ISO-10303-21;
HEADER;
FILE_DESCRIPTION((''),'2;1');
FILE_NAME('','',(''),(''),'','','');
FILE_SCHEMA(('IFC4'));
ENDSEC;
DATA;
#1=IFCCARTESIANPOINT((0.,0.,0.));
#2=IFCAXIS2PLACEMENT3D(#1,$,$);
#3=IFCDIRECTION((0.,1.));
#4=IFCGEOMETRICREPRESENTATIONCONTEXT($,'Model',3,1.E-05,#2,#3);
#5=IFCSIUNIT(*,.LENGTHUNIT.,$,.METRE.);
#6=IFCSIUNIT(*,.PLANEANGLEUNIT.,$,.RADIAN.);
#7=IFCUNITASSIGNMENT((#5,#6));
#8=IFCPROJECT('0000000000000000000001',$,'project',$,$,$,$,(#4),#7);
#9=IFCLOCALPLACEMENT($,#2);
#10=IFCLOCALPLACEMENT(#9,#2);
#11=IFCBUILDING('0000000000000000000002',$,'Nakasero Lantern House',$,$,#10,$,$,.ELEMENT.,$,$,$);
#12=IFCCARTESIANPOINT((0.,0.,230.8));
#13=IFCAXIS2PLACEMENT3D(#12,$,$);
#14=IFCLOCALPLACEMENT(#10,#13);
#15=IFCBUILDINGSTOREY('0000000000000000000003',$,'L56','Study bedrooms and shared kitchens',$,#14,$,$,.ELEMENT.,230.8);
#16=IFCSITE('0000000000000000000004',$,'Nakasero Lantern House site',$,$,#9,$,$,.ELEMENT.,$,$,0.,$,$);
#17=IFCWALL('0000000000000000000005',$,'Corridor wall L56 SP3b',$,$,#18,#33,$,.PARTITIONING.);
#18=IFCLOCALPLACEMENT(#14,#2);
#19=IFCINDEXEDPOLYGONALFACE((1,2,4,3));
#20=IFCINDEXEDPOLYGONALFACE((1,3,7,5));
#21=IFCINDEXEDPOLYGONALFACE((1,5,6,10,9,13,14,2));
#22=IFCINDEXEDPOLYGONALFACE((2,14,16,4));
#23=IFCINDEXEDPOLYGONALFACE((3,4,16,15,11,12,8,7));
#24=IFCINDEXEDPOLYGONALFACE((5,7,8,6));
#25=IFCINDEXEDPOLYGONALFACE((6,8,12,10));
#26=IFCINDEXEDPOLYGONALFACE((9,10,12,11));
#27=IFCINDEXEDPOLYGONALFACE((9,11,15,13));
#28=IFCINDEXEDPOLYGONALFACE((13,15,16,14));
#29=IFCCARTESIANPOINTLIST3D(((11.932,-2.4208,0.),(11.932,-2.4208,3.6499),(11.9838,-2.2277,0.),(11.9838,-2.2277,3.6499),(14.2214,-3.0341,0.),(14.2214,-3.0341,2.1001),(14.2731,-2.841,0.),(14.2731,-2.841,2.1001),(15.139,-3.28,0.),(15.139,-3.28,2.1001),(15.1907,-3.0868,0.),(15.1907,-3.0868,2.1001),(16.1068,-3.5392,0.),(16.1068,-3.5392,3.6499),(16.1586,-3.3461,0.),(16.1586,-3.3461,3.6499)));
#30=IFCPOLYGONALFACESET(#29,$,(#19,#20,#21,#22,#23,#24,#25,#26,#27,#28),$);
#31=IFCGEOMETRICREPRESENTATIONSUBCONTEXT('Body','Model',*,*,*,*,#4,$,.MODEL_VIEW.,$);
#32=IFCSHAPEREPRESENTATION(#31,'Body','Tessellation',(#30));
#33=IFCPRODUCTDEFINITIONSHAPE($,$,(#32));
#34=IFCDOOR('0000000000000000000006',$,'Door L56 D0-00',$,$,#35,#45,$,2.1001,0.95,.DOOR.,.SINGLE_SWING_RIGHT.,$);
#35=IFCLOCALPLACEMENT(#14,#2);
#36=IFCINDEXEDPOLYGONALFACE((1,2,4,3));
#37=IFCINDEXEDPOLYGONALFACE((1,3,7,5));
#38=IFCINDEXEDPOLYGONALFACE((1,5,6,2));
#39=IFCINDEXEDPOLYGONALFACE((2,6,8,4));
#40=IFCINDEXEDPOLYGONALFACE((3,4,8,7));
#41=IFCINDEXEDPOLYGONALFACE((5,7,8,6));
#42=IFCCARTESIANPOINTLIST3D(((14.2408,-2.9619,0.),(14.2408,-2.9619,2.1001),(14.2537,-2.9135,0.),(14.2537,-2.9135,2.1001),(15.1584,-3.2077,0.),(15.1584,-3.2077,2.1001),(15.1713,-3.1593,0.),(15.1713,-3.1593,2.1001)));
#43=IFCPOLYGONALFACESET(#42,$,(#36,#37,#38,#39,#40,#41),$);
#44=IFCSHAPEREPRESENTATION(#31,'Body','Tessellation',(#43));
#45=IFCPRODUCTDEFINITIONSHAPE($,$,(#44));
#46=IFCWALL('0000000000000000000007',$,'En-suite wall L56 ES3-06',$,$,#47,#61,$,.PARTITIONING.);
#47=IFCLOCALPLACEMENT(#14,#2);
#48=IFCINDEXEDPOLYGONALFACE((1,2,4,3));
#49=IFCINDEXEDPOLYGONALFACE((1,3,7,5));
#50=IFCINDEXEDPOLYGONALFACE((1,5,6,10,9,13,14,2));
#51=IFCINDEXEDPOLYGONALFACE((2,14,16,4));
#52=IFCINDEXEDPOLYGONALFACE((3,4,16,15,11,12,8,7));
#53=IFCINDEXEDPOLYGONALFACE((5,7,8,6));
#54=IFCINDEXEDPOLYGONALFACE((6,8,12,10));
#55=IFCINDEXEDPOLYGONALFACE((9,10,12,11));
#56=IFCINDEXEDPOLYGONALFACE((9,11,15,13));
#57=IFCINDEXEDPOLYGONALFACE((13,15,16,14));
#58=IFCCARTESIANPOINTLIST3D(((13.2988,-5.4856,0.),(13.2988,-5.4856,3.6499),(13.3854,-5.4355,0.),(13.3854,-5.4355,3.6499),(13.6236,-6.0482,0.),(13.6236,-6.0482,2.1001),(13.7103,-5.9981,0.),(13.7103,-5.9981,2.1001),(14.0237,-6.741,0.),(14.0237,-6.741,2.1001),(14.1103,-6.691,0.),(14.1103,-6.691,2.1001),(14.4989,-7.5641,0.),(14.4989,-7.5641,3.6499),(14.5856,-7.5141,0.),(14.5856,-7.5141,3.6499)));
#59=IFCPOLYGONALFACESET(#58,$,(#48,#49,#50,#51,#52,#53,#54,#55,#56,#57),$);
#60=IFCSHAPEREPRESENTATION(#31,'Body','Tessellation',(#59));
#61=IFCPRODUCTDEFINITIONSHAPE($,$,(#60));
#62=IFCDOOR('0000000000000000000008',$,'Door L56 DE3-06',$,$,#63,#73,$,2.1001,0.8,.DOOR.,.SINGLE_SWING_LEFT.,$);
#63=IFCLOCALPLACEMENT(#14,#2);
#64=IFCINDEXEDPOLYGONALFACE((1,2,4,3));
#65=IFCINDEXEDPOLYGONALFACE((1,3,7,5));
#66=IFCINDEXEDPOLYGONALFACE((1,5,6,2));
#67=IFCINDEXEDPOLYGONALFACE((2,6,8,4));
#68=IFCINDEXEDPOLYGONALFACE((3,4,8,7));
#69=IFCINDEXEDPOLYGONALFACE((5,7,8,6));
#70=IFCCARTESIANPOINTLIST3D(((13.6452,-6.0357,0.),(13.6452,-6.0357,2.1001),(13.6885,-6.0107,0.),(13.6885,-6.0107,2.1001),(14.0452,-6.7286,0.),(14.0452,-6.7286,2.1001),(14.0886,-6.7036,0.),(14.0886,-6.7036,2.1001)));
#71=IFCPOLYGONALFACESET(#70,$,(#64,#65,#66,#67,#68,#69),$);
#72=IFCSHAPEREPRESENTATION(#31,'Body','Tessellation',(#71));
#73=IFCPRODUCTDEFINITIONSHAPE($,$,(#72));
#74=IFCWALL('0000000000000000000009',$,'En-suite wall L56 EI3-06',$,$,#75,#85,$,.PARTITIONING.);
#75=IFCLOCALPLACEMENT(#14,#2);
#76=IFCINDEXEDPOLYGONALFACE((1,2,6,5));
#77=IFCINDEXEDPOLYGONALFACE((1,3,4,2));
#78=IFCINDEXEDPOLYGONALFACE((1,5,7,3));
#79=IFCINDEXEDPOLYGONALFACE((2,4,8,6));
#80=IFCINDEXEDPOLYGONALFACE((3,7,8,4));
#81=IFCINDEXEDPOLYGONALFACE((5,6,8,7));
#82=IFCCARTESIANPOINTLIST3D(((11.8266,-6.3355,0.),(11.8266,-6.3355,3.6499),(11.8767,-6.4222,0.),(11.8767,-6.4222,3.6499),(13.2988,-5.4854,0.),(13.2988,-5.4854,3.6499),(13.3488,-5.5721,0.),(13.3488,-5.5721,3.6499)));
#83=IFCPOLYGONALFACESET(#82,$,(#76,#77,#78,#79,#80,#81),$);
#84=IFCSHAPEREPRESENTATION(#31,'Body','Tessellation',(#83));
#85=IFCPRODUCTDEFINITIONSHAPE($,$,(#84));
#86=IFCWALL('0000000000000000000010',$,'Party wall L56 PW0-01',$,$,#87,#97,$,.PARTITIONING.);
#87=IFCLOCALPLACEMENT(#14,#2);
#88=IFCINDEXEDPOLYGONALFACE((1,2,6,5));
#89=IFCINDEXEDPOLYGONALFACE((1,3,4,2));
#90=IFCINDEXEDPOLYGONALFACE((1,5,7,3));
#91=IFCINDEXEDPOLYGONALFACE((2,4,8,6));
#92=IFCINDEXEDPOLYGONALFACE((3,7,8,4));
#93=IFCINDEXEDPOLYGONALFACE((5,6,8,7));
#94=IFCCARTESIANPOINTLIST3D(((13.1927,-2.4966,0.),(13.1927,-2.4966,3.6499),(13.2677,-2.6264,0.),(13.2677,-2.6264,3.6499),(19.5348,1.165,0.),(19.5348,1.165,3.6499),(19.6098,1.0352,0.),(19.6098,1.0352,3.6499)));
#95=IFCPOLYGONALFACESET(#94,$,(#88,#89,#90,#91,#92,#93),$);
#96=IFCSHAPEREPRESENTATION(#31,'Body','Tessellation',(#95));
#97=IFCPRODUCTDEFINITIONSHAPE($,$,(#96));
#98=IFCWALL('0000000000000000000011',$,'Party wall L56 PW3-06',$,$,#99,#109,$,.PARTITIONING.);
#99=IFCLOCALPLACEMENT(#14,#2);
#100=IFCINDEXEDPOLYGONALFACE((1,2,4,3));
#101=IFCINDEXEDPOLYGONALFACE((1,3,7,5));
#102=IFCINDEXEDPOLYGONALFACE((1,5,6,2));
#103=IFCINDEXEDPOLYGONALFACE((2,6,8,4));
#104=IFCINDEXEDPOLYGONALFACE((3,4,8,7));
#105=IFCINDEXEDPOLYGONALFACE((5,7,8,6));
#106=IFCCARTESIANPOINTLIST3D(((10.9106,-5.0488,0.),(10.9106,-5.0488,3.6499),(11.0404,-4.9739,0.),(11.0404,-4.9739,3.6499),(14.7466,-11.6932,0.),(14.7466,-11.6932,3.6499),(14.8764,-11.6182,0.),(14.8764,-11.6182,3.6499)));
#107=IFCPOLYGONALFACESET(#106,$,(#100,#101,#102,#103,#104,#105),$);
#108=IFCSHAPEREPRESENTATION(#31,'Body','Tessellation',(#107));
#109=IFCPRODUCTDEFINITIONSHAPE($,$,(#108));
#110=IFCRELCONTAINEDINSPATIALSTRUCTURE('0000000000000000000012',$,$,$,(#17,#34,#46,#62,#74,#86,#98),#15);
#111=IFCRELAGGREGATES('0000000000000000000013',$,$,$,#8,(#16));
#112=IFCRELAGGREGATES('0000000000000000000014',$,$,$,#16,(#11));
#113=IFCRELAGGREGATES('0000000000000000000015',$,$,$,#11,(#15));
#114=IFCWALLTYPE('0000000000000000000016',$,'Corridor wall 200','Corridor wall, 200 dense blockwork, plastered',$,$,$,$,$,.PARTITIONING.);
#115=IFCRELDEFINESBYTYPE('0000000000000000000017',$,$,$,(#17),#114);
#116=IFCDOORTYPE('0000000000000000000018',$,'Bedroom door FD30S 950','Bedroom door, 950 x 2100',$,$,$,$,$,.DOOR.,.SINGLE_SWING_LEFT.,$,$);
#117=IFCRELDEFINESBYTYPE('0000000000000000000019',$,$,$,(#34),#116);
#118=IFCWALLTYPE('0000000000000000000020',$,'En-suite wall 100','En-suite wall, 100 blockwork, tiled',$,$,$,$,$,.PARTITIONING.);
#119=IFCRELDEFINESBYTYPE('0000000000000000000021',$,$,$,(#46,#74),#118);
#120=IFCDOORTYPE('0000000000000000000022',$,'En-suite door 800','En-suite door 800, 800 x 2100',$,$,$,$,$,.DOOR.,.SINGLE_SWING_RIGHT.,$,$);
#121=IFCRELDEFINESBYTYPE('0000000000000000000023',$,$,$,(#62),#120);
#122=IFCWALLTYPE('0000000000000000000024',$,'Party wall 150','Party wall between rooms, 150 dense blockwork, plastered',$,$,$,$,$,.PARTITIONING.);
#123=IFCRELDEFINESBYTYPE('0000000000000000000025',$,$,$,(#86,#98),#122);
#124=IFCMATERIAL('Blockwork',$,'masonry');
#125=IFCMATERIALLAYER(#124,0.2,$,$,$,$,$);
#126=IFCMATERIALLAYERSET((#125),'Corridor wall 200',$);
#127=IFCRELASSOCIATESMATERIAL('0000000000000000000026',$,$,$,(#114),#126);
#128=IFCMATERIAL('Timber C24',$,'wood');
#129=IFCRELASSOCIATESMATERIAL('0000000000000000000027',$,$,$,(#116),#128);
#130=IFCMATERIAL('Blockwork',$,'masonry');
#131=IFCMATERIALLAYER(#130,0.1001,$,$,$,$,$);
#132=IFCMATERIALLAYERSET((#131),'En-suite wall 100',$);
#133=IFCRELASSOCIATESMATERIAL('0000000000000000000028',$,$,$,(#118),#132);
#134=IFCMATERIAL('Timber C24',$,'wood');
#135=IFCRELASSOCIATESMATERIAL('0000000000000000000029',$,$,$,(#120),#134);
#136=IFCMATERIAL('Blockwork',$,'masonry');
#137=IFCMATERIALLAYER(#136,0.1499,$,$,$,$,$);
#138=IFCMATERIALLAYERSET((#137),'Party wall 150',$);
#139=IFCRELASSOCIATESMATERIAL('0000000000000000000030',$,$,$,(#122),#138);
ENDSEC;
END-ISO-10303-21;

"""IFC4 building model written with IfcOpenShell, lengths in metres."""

from ifc_helpers import new_model, si_unit, direction, frame, frame_2d, origin, place, context, subcontext, project, spatial, rectangle, extrude, material, layer, layer_set, type_object, element, fill, save


model = new_model("IFC4")

# Units and contexts
model_context = context("Model", 3, precision=1e-05, world=origin(), true_north=direction((0.0, 1.0)))
body_context = subcontext(model_context, "Body", "Model", "MODEL_VIEW")
ifc_project = project(units=[si_unit("LENGTHUNIT", "METRE"), si_unit("PLANEANGLEUNIT", "RADIAN")], contexts=[model_context])

# Site, building, storey
site_placement = place(None, origin())
site = spatial("IfcSite", under=ifc_project, at=site_placement, Name="Nakasero Lantern House site", CompositionType="ELEMENT", RefElevation=0.0)
building_placement = place(site_placement, origin())
building = spatial("IfcBuilding", under=site, at=building_placement, Name="Nakasero Lantern House", CompositionType="ELEMENT")
storey_placement = place(building_placement, frame((0.0, 0.0, 230.8)))
storey = spatial("IfcBuildingStorey", under=building, at=storey_placement, Name="L56", Description="Study bedrooms and shared kitchens", CompositionType="ELEMENT", Elevation=230.8)

# Shared definitions
ifc_material_1 = material(Name="Blockwork", Category="masonry")
ifc_layer_1 = layer(ifc_material_1, 0.2)
ifc_layer_set_1 = layer_set([ifc_layer_1], Name="Corridor wall 200")
wall_type_1 = type_object("IfcWallType", Name="Corridor wall 200", Description="Corridor wall, 200 dense blockwork, plastered", PredefinedType="PARTITIONING", material=ifc_layer_set_1)

# Walls, openings, doors
ifc_material_2 = material(Name="Timber C24", Category="wood")
door_type_1 = type_object("IfcDoorType", Name="Bedroom door FD30S 950", Description="Bedroom door, 950 x 2100", OperationType="SINGLE_SWING_LEFT", PredefinedType="DOOR", material=ifc_material_2)
wall_1_placement = place(storey_placement, frame((11.9578, -2.3242, 0.0), z_axis=(0.0, 0.0, 1.0), x_axis=(0.965939, -0.25877, 0.0)))
wall_1 = element("IfcWall", 1, at=wall_1_placement, inside=storey, type_object=wall_type_1, Name="Corridor wall L56 SP3b", PredefinedType="PARTITIONING", context=body_context, shape_type="SweptSolid", body=[
    extrude(rectangle(XDim=4.322, YDim=0.2, at=frame_2d((2.1611, 0.0))), origin(), (0.0, 0.0, 1.0), 3.6499),
])
opening_1_placement = place(wall_1_placement, frame((2.3701, 0.0, 0.0)))
opening_1 = element("IfcOpeningElement", 2, at=opening_1_placement, cuts=wall_1, PredefinedType="OPENING", context=body_context, shape_type="SweptSolid", body=[
    extrude(rectangle(XDim=0.95, YDim=2.1001, at=frame_2d((0.4751, 1.05))), frame((0.0, 0.1199, 0.0), z_axis=(0.0, -1.0, 0.0), x_axis=(1.0, 0.0, 0.0)), (0.0, 0.0, 1.0), 0.24),
])
door_1_placement = place(opening_1_placement, origin())
door_1 = element("IfcDoor", 3, at=door_1_placement, inside=storey, type_object=door_type_1, Name="Door L56 D0-00", OperationType="SINGLE_SWING_RIGHT", OverallHeight=2.1001, OverallWidth=0.95, PredefinedType="DOOR", context=body_context, shape_type="SweptSolid", body=[
    extrude(rectangle(XDim=0.95, YDim=2.1001, at=frame_2d((0.4751, 1.05))), frame((0.0, 0.0249, 0.0), z_axis=(0.0, -1.0, 0.0), x_axis=(1.0, 0.0, 0.0)), (0.0, 0.0, 1.0), 0.05),
])
fill(opening_1, door_1)
ifc_material_3 = material(Name="Blockwork", Category="masonry")
ifc_layer_2 = layer(ifc_material_3, 0.1001)
ifc_layer_set_2 = layer_set([ifc_layer_2], Name="En-suite wall 100")
wall_type_2 = type_object("IfcWallType", Name="En-suite wall 100", Description="En-suite wall, 100 blockwork, tiled", PredefinedType="PARTITIONING", material=ifc_layer_set_2)
wall_2_placement = place(storey_placement, frame((13.342, -5.4604, 0.0), z_axis=(0.0, 0.0, 1.0), x_axis=(0.500034, -0.866006, 0.0)))
wall_2 = element("IfcWall", 4, at=wall_2_placement, inside=storey, type_object=wall_type_2, Name="En-suite wall L56 ES3-06", PredefinedType="PARTITIONING", context=body_context, shape_type="SweptSolid", body=[
    extrude(rectangle(XDim=2.4001, YDim=0.1001, at=frame_2d((1.2002, 0.0))), origin(), (0.0, 0.0, 1.0), 3.6499),
])
opening_2_placement = place(wall_2_placement, frame((0.6499, 0.0, 0.0)))
opening_2 = element("IfcOpeningElement", 5, at=opening_2_placement, cuts=wall_2, PredefinedType="OPENING", context=body_context, shape_type="SweptSolid", body=[
    extrude(rectangle(XDim=0.8, YDim=2.1001, at=frame_2d((0.3999, 1.05))), frame((0.0, 0.0701, 0.0), z_axis=(0.0, -1.0, 0.0), x_axis=(1.0, 0.0, 0.0)), (0.0, 0.0, 1.0), 0.1401),
])
ifc_material_4 = material(Name="Timber C24", Category="wood")
door_type_2 = type_object("IfcDoorType", Name="En-suite door 800", Description="En-suite door 800, 800 x 2100", OperationType="SINGLE_SWING_RIGHT", PredefinedType="DOOR", material=ifc_material_4)
door_2_placement = place(opening_2_placement, origin())
door_2 = element("IfcDoor", 6, at=door_2_placement, inside=storey, type_object=door_type_2, Name="Door L56 DE3-06", OperationType="SINGLE_SWING_LEFT", OverallHeight=2.1001, OverallWidth=0.8, PredefinedType="DOOR", context=body_context, shape_type="SweptSolid", body=[
    extrude(rectangle(XDim=0.8, YDim=2.1001, at=frame_2d((0.3999, 1.05))), frame((0.0, 0.0249, 0.0), z_axis=(0.0, -1.0, 0.0), x_axis=(1.0, 0.0, 0.0)), (0.0, 0.0, 1.0), 0.05),
])
fill(opening_2, door_2)

# Walls
wall_3_placement = place(storey_placement, frame((11.8516, -6.3789, 0.0), z_axis=(0.0, 0.0, 1.0), x_axis=(0.865989, 0.500062, 0.0)))
element("IfcWall", 7, at=wall_3_placement, inside=storey, type_object=wall_type_2, Name="En-suite wall L56 EI3-06", PredefinedType="PARTITIONING", context=body_context, shape_type="SweptSolid", body=[
    extrude(rectangle(XDim=1.7, YDim=0.1001, at=frame_2d((0.8501, 0.0))), origin(), (0.0, 0.0, 1.0), 3.6499),
])
ifc_material_5 = material(Name="Blockwork", Category="masonry")
ifc_layer_3 = layer(ifc_material_5, 0.1499)
ifc_layer_set_3 = layer_set([ifc_layer_3], Name="Party wall 150")
wall_type_3 = type_object("IfcWallType", Name="Party wall 150", Description="Party wall between rooms, 150 dense blockwork, plastered", PredefinedType="PARTITIONING", material=ifc_layer_set_3)
wall_4_placement = place(storey_placement, frame((13.2302, -2.5615, 0.0), z_axis=(0.0, 0.0, 1.0), x_axis=(0.866023, 0.500004, 0.0)))
element("IfcWall", 8, at=wall_4_placement, inside=storey, type_object=wall_type_3, Name="Party wall L56 PW0-01", PredefinedType="PARTITIONING", context=body_context, shape_type="SweptSolid", body=[
    extrude(rectangle(XDim=7.3232, YDim=0.1499, at=frame_2d((3.6616, 0.0))), origin(), (0.0, 0.0, 1.0), 3.6499),
])
wall_5_placement = place(storey_placement, frame((10.9756, -5.0115, 0.0), z_axis=(0.0, 0.0, 1.0), x_axis=(0.499986, -0.866034, 0.0)))
element("IfcWall", 9, at=wall_5_placement, inside=storey, type_object=wall_type_3, Name="Party wall L56 PW3-06", PredefinedType="PARTITIONING", context=body_context, shape_type="SweptSolid", body=[
    extrude(rectangle(XDim=7.6721, YDim=0.1499, at=frame_2d((3.8359, 0.0))), origin(), (0.0, 0.0, 1.0), 3.6499),
])

save(model, "model.ifc")
